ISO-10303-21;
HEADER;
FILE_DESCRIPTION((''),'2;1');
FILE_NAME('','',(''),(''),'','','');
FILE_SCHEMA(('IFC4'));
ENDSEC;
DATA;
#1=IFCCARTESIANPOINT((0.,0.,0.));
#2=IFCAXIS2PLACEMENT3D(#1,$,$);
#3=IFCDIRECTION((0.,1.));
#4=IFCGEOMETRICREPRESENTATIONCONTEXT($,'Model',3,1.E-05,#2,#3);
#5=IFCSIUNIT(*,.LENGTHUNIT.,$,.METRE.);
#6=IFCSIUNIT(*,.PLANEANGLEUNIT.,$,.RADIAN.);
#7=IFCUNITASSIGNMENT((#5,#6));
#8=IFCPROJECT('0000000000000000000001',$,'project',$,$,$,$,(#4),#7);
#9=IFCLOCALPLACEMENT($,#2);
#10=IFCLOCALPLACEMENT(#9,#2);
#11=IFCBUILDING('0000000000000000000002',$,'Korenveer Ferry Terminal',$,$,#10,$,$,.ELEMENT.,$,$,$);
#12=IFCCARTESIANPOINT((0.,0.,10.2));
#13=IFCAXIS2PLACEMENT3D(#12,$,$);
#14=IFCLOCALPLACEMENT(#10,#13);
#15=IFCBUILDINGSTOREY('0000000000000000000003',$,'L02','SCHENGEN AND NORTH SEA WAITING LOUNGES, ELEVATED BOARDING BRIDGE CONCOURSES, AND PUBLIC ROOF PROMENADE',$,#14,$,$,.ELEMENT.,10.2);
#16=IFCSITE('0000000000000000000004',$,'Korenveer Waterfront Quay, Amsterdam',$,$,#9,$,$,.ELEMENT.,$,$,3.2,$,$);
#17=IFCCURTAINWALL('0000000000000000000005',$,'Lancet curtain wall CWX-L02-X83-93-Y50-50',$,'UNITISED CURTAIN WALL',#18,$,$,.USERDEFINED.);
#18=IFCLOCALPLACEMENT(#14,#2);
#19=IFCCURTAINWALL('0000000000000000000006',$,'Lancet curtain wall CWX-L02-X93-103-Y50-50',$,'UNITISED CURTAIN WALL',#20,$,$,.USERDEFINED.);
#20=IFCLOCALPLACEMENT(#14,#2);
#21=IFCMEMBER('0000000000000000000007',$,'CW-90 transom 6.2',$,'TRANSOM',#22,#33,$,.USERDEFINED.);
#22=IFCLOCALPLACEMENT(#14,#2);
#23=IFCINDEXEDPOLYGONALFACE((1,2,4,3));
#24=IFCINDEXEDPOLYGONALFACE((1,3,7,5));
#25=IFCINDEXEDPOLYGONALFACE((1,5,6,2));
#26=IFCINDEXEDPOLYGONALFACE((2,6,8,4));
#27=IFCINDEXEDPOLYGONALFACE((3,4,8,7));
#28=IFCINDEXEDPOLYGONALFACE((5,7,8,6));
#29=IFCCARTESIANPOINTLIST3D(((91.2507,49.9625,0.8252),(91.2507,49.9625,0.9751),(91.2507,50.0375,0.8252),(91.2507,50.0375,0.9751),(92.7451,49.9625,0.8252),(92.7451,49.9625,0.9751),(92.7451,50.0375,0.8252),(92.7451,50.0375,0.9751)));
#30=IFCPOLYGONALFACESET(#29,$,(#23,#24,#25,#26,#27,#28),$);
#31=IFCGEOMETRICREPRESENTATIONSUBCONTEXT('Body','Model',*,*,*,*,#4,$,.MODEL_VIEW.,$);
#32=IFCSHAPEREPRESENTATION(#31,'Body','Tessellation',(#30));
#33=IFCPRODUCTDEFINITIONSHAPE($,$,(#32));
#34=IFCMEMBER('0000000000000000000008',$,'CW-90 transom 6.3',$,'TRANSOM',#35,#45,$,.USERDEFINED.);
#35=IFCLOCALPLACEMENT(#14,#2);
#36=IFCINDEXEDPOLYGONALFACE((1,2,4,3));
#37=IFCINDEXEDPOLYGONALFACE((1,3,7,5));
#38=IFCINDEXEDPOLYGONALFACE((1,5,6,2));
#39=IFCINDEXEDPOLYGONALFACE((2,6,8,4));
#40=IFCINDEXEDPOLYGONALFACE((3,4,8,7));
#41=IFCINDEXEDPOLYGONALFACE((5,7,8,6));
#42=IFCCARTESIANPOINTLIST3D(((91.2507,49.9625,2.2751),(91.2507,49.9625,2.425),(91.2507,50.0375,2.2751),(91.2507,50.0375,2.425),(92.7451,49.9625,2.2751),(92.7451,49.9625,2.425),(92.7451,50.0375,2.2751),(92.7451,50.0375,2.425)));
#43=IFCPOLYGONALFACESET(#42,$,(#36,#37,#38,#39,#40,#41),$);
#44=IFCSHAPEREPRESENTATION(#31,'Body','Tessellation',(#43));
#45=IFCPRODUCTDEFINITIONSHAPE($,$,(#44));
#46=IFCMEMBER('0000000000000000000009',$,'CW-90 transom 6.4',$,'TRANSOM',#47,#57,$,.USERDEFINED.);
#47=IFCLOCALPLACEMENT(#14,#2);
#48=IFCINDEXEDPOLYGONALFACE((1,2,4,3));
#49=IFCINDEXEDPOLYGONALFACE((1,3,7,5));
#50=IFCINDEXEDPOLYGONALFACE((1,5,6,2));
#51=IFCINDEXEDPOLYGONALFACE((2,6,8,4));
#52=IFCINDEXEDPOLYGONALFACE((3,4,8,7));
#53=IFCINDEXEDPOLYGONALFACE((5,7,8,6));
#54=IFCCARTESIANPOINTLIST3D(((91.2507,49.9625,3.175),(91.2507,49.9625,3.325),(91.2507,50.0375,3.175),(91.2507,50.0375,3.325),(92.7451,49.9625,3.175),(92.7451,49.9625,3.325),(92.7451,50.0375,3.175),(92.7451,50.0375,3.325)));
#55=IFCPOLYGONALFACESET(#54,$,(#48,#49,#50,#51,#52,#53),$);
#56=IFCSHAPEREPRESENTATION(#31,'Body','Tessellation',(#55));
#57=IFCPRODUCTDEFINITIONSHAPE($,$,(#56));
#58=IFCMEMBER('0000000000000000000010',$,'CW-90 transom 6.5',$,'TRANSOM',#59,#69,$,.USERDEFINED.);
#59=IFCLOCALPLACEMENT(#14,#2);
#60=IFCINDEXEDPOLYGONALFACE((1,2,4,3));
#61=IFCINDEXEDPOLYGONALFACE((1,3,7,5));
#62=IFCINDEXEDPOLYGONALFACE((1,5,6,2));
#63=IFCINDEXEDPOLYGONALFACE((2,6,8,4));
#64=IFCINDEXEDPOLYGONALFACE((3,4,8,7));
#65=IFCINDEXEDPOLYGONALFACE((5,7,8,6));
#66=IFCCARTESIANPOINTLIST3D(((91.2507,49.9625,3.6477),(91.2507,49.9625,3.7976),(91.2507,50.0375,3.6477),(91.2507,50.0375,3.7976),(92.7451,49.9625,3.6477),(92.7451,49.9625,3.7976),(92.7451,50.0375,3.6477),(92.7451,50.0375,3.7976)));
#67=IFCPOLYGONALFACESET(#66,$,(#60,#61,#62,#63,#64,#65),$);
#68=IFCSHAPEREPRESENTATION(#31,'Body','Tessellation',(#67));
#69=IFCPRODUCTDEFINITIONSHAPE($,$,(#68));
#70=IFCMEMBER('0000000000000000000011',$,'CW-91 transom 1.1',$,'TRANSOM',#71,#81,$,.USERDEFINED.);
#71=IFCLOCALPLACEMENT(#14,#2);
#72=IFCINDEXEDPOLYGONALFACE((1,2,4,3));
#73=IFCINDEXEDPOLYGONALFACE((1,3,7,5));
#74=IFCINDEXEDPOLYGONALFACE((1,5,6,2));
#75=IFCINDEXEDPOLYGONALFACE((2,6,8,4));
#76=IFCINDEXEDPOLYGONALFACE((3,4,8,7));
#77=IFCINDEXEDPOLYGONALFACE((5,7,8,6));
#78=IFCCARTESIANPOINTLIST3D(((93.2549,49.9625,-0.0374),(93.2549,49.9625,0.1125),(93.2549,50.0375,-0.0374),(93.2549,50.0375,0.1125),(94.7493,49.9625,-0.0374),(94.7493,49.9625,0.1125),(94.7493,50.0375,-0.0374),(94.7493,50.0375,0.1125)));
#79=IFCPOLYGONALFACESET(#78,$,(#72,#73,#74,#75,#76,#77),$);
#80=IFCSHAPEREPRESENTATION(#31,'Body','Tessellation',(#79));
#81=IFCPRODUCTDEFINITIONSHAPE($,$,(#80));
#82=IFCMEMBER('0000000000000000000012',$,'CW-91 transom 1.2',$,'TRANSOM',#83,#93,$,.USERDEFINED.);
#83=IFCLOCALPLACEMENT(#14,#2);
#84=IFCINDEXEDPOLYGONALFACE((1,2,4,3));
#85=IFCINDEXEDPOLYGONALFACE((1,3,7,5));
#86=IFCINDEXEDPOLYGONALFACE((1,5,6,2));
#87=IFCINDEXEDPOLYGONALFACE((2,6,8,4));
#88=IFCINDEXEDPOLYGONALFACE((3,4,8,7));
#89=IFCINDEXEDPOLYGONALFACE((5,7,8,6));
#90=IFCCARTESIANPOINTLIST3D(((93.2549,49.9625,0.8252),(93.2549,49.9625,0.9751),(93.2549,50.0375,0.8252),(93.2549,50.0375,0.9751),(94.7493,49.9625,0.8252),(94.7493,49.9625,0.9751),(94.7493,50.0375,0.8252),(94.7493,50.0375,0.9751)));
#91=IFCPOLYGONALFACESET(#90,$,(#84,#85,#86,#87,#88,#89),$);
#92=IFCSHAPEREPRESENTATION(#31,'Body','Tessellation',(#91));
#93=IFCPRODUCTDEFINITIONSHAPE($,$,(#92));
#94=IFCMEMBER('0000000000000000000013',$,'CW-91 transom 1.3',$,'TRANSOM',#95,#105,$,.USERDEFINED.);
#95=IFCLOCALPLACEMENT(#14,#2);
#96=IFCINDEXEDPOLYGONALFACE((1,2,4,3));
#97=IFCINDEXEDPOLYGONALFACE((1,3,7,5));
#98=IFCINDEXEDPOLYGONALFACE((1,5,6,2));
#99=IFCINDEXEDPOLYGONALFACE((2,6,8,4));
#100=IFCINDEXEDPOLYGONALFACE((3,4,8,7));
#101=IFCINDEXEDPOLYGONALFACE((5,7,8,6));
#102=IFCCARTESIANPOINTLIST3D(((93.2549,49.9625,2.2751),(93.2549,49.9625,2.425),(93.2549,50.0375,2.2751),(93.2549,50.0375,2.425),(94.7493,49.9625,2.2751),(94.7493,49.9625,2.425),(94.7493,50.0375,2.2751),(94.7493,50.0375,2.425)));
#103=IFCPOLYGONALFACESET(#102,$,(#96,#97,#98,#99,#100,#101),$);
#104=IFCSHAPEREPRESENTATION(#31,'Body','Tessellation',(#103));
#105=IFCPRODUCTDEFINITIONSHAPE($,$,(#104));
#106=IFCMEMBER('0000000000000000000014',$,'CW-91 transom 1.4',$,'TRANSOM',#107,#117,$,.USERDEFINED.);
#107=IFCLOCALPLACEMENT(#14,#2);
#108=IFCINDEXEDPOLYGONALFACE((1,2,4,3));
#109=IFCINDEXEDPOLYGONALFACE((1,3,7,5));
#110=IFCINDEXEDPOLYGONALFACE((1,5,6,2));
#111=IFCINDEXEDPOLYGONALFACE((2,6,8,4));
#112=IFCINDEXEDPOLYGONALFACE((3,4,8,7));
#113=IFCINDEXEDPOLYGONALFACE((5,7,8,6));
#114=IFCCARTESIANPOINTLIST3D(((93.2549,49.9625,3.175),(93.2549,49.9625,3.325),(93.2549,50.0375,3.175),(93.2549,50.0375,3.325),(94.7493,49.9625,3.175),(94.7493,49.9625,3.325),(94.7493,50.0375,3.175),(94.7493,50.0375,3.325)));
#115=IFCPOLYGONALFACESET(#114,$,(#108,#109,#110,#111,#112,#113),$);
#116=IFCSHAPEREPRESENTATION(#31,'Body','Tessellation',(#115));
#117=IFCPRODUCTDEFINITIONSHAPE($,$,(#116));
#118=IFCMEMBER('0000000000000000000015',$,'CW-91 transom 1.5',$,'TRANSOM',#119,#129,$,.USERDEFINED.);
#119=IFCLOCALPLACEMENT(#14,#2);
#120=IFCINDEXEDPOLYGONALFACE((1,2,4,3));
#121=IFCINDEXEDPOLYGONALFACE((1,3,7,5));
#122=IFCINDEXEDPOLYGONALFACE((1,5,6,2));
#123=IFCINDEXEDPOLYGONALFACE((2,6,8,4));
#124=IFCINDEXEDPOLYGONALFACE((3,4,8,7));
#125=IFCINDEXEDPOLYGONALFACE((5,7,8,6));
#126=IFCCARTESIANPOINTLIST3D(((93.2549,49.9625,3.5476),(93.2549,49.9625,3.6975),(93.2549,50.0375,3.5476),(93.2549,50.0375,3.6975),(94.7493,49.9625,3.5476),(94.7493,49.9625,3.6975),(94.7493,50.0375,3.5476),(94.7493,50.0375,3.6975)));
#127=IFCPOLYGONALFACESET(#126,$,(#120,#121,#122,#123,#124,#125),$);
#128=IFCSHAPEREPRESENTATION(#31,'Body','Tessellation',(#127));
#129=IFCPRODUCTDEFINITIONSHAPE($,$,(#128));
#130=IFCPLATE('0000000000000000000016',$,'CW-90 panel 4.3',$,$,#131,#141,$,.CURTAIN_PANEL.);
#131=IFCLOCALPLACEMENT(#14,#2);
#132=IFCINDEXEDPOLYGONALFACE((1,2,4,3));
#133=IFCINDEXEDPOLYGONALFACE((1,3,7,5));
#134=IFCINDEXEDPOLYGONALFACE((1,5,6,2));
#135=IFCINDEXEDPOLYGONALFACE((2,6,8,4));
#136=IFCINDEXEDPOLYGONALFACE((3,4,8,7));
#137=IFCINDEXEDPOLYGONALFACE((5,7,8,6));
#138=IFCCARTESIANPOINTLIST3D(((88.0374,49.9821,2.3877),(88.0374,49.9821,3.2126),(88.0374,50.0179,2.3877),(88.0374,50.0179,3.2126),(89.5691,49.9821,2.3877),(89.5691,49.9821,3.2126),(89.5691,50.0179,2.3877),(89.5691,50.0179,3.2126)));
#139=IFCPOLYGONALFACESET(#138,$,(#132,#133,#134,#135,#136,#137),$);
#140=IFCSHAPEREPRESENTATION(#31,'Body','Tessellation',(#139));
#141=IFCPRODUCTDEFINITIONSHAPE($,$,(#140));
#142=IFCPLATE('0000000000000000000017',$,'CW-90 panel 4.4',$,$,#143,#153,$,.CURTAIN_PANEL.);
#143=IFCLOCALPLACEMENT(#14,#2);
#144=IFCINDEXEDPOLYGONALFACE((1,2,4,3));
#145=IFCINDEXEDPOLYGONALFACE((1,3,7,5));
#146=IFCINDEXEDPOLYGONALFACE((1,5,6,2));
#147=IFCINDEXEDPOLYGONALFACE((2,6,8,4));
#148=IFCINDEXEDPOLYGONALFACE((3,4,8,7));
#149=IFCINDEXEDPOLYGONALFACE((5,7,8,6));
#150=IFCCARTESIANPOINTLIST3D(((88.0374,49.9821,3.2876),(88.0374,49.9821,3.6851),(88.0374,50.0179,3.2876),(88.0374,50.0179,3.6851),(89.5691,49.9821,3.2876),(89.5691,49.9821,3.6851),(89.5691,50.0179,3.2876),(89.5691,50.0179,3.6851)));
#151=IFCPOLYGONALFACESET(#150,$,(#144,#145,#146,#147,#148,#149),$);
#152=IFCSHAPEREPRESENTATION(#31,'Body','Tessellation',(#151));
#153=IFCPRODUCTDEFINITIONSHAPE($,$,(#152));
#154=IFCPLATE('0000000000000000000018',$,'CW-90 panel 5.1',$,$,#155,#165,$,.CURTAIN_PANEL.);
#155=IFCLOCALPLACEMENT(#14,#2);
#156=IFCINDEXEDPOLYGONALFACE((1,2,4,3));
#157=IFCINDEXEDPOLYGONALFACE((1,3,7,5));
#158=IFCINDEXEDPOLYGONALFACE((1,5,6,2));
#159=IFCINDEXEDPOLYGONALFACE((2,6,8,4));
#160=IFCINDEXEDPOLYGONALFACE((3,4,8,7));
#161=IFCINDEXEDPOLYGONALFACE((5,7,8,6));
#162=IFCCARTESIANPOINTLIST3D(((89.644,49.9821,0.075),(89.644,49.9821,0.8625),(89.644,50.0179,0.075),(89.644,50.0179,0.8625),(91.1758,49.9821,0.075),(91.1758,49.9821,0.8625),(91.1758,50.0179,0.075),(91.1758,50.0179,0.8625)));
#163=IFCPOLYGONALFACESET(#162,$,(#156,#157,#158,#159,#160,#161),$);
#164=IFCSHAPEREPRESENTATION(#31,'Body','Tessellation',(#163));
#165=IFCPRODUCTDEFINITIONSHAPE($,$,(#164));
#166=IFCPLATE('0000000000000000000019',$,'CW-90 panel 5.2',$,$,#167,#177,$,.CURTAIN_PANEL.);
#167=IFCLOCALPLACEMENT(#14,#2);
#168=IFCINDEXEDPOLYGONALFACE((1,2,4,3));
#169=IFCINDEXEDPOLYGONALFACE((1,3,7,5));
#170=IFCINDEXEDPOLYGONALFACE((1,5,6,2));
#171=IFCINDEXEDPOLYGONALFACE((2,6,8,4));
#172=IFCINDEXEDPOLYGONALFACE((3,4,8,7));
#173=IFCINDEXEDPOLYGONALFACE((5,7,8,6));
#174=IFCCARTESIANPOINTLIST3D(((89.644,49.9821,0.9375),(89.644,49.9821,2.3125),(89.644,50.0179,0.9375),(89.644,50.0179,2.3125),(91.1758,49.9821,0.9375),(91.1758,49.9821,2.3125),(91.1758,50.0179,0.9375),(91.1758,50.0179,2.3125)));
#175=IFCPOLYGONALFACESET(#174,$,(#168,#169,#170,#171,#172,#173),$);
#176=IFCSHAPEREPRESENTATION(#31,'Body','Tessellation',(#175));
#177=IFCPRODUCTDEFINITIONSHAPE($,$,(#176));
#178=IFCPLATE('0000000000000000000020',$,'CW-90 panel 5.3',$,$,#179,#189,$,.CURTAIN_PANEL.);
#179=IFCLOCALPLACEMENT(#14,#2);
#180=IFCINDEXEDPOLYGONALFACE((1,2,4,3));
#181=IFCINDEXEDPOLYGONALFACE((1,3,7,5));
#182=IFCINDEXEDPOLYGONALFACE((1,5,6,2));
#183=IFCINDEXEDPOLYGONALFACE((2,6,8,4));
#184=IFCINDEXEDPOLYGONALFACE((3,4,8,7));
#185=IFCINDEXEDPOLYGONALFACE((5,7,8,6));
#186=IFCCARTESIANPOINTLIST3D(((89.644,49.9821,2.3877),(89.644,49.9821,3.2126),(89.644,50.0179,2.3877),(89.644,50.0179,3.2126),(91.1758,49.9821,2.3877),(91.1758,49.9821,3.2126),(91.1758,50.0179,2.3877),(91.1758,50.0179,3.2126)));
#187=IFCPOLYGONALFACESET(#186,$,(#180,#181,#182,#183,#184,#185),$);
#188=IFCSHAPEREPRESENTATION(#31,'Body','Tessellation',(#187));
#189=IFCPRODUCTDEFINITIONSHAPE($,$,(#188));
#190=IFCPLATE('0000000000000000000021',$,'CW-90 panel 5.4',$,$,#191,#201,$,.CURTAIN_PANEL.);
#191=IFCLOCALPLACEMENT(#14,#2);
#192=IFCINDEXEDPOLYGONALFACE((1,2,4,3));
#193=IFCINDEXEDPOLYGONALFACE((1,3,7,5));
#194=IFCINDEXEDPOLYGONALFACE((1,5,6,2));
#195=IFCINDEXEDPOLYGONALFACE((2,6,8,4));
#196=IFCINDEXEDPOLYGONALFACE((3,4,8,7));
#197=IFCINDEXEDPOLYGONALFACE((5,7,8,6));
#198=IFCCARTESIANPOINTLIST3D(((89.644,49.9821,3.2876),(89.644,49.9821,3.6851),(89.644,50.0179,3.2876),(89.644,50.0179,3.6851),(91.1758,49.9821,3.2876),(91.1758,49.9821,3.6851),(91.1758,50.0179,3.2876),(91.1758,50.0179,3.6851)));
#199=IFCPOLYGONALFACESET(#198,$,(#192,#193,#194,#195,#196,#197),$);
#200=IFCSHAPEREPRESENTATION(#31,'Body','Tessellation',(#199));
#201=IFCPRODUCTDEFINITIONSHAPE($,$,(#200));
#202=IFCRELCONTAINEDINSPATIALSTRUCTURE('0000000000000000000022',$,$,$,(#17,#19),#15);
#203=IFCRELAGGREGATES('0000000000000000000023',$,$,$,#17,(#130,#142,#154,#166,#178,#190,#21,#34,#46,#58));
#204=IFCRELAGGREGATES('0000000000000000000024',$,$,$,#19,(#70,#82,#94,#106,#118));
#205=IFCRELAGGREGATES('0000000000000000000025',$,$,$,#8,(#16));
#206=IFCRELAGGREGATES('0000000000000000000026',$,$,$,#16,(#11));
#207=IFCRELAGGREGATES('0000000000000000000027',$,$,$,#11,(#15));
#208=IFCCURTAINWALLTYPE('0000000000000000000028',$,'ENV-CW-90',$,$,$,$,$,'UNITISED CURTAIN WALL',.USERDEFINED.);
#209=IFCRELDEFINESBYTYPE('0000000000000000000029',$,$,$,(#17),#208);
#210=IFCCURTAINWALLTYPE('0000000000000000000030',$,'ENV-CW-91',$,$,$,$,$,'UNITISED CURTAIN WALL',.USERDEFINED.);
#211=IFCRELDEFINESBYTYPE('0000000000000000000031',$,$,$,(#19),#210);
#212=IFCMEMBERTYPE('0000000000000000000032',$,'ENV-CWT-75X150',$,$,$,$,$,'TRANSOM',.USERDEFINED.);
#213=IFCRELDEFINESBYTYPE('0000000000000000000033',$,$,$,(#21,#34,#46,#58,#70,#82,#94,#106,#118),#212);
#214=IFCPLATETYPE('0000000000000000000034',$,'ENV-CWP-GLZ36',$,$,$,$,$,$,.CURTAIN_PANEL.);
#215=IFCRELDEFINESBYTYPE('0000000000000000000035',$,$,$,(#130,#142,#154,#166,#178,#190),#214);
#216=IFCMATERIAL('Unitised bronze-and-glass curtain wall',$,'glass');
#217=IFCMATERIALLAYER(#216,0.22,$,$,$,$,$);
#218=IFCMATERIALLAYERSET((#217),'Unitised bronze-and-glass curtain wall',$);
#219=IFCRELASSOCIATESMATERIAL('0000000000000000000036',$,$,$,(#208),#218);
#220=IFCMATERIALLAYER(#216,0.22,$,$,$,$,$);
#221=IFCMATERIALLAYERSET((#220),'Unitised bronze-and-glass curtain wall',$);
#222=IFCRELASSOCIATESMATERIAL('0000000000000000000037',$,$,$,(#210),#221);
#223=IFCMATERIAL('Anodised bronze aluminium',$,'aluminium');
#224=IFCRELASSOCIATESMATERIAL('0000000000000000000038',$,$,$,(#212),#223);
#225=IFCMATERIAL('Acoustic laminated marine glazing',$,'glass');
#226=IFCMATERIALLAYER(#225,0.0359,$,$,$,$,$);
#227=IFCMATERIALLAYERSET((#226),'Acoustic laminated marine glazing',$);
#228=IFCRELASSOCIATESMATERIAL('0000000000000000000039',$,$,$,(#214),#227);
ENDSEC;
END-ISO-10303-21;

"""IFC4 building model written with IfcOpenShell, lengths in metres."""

from ifc_helpers import new_model, si_unit, direction, frame, origin, origin_2d, place, context, subcontext, project, spatial, rectangle, extrude, material, layer, layer_set, material_profile, profile_set, type_object, element, aggregate, save


model = new_model("IFC4")

# Units and contexts
model_context = context("Model", 3, precision=1e-05, world=origin(), true_north=direction((0.0, 1.0)))
body_context = subcontext(model_context, "Body", "Model", "MODEL_VIEW")
ifc_project = project(units=[si_unit("LENGTHUNIT", "METRE"), si_unit("PLANEANGLEUNIT", "RADIAN")], contexts=[model_context])

# Site, building, storey
site_placement = place(None, origin())
site = spatial("IfcSite", under=ifc_project, at=site_placement, Name="Korenveer Waterfront Quay, Amsterdam", CompositionType="ELEMENT", RefElevation=3.2)
building_placement = place(site_placement, origin())
building = spatial("IfcBuilding", under=site, at=building_placement, Name="Korenveer Ferry Terminal", CompositionType="ELEMENT")
storey_placement = place(building_placement, frame((0.0, 0.0, 10.2)))
storey = spatial("IfcBuildingStorey", under=building, at=storey_placement, Name="L02", Description="SCHENGEN AND NORTH SEA WAITING LOUNGES, ELEVATED BOARDING BRIDGE CONCOURSES, AND PUBLIC ROOF PROMENADE", CompositionType="ELEMENT", Elevation=10.2)

# Curtain walls
ifc_material_1 = material(Name="Unitised bronze-and-glass curtain wall", Category="glass")
ifc_layer_1 = layer(ifc_material_1, 0.22)
ifc_layer_set_1 = layer_set([ifc_layer_1], Name="Unitised bronze-and-glass curtain wall")
curtain_wall_type_1 = type_object("IfcCurtainWallType", Name="ENV-CW-90", ElementType="UNITISED CURTAIN WALL", PredefinedType="USERDEFINED", material=ifc_layer_set_1)
curtain_wall_1_placement = place(storey_placement, frame((83.1799, 50.0, 0.0)))
curtain_wall_1 = element("IfcCurtainWall", 1, at=curtain_wall_1_placement, inside=storey, type_object=curtain_wall_type_1, Name="Lancet curtain wall CWX-L02-X83-93-Y50-50", ObjectType="UNITISED CURTAIN WALL", PredefinedType="USERDEFINED")
ifc_material_2 = material(Name="Anodised bronze aluminium", Category="aluminium")
ifc_layer_2 = layer(ifc_material_1, 0.22)
ifc_layer_set_2 = layer_set([ifc_layer_2], Name="Unitised bronze-and-glass curtain wall")
curtain_wall_type_2 = type_object("IfcCurtainWallType", Name="ENV-CW-91", ElementType="UNITISED CURTAIN WALL", PredefinedType="USERDEFINED", material=ifc_layer_set_2)
curtain_wall_2_placement = place(storey_placement, frame((93.1799, 50.0, 0.0)))
curtain_wall_2 = element("IfcCurtainWall", 2, at=curtain_wall_2_placement, inside=storey, type_object=curtain_wall_type_2, Name="Lancet curtain wall CWX-L02-X93-103-Y50-50", ObjectType="UNITISED CURTAIN WALL", PredefinedType="USERDEFINED")

# Members
ifc_material_profile_1 = material_profile(ifc_material_2, rectangle(XDim=0.075, YDim=0.1499, at=origin_2d()), Name="ALU 75x150")
ifc_profile_set_1 = profile_set([ifc_material_profile_1], Name="Anodised bronze aluminium")
member_type_1 = type_object("IfcMemberType", Name="ENV-CWT-75X150", ElementType="TRANSOM", PredefinedType="USERDEFINED", material=ifc_profile_set_1)
member_1_placement = place(storey_placement, frame((91.2507, 50.0, 0.9001), z_axis=(1.0, 0.0, 0.0), x_axis=(0.0, 1.0, 0.0)))
member_1 = element("IfcMember", 3, at=member_1_placement, type_object=member_type_1, Name="CW-90 transom 6.2", ObjectType="TRANSOM", PredefinedType="USERDEFINED", context=body_context, shape_type="SweptSolid", body=[
    extrude(rectangle(XDim=0.075, YDim=0.1499, at=origin_2d()), origin(), (0.0, 0.0, 1.0), 1.4944),
])
member_2_placement = place(storey_placement, frame((91.2507, 50.0, 2.3501), z_axis=(1.0, 0.0, 0.0), x_axis=(0.0, 1.0, 0.0)))
member_2 = element("IfcMember", 4, at=member_2_placement, type_object=member_type_1, Name="CW-90 transom 6.3", ObjectType="TRANSOM", PredefinedType="USERDEFINED", context=body_context, shape_type="SweptSolid", body=[
    extrude(rectangle(XDim=0.075, YDim=0.1499, at=origin_2d()), origin(), (0.0, 0.0, 1.0), 1.4944),
])
member_3_placement = place(storey_placement, frame((91.2507, 50.0, 3.25), z_axis=(1.0, 0.0, 0.0), x_axis=(0.0, 1.0, 0.0)))
member_3 = element("IfcMember", 5, at=member_3_placement, type_object=member_type_1, Name="CW-90 transom 6.4", ObjectType="TRANSOM", PredefinedType="USERDEFINED", context=body_context, shape_type="SweptSolid", body=[
    extrude(rectangle(XDim=0.075, YDim=0.1499, at=origin_2d()), origin(), (0.0, 0.0, 1.0), 1.4944),
])
member_4_placement = place(storey_placement, frame((91.2507, 50.0, 3.7227), z_axis=(1.0, 0.0, 0.0), x_axis=(0.0, 1.0, 0.0)))
member_4 = element("IfcMember", 6, at=member_4_placement, type_object=member_type_1, Name="CW-90 transom 6.5", ObjectType="TRANSOM", PredefinedType="USERDEFINED", context=body_context, shape_type="SweptSolid", body=[
    extrude(rectangle(XDim=0.075, YDim=0.1499, at=origin_2d()), origin(), (0.0, 0.0, 1.0), 1.4944),
])
member_5_placement = place(storey_placement, frame((93.2549, 50.0, 0.0376), z_axis=(1.0, 0.0, 0.0), x_axis=(0.0, 1.0, 0.0)))
member_5 = element("IfcMember", 7, at=member_5_placement, type_object=member_type_1, Name="CW-91 transom 1.1", ObjectType="TRANSOM", PredefinedType="USERDEFINED", context=body_context, shape_type="SweptSolid", body=[
    extrude(rectangle(XDim=0.075, YDim=0.1499, at=origin_2d()), origin(), (0.0, 0.0, 1.0), 1.4944),
])
member_6_placement = place(storey_placement, frame((93.2549, 50.0, 0.9001), z_axis=(1.0, 0.0, 0.0), x_axis=(0.0, 1.0, 0.0)))
member_6 = element("IfcMember", 8, at=member_6_placement, type_object=member_type_1, Name="CW-91 transom 1.2", ObjectType="TRANSOM", PredefinedType="USERDEFINED", context=body_context, shape_type="SweptSolid", body=[
    extrude(rectangle(XDim=0.075, YDim=0.1499, at=origin_2d()), origin(), (0.0, 0.0, 1.0), 1.4944),
])
member_7_placement = place(storey_placement, frame((93.2549, 50.0, 2.3501), z_axis=(1.0, 0.0, 0.0), x_axis=(0.0, 1.0, 0.0)))
member_7 = element("IfcMember", 9, at=member_7_placement, type_object=member_type_1, Name="CW-91 transom 1.3", ObjectType="TRANSOM", PredefinedType="USERDEFINED", context=body_context, shape_type="SweptSolid", body=[
    extrude(rectangle(XDim=0.075, YDim=0.1499, at=origin_2d()), origin(), (0.0, 0.0, 1.0), 1.4944),
])
member_8_placement = place(storey_placement, frame((93.2549, 50.0, 3.25), z_axis=(1.0, 0.0, 0.0), x_axis=(0.0, 1.0, 0.0)))
member_8 = element("IfcMember", 10, at=member_8_placement, type_object=member_type_1, Name="CW-91 transom 1.4", ObjectType="TRANSOM", PredefinedType="USERDEFINED", context=body_context, shape_type="SweptSolid", body=[
    extrude(rectangle(XDim=0.075, YDim=0.1499, at=origin_2d()), origin(), (0.0, 0.0, 1.0), 1.4944),
])
member_9_placement = place(storey_placement, frame((93.2549, 50.0, 3.6226), z_axis=(1.0, 0.0, 0.0), x_axis=(0.0, 1.0, 0.0)))
member_9 = element("IfcMember", 11, at=member_9_placement, type_object=member_type_1, Name="CW-91 transom 1.5", ObjectType="TRANSOM", PredefinedType="USERDEFINED", context=body_context, shape_type="SweptSolid", body=[
    extrude(rectangle(XDim=0.075, YDim=0.1499, at=origin_2d()), origin(), (0.0, 0.0, 1.0), 1.4944),
])

# Plates
ifc_material_3 = material(Name="Acoustic laminated marine glazing", Category="glass")
ifc_layer_3 = layer(ifc_material_3, 0.0359)
ifc_layer_set_3 = layer_set([ifc_layer_3], Name="Acoustic laminated marine glazing")
plate_type = type_object("IfcPlateType", Name="ENV-CWP-GLZ36", PredefinedType="CURTAIN_PANEL", material=ifc_layer_set_3)
plate_1_placement = place(storey_placement, frame((88.8032, 50.0, 2.3877), z_axis=(0.0, 0.0, 1.0), x_axis=(1.0, 0.0, 0.0)))
plate_1 = element("IfcPlate", 12, at=plate_1_placement, type_object=plate_type, Name="CW-90 panel 4.3", PredefinedType="CURTAIN_PANEL", context=body_context, shape_type="SweptSolid", body=[
    extrude(rectangle(XDim=1.5317, YDim=0.0359, at=origin_2d()), origin(), (0.0, 0.0, 1.0), 0.825),
])
plate_2_placement = place(storey_placement, frame((88.8032, 50.0, 3.2876), z_axis=(0.0, 0.0, 1.0), x_axis=(1.0, 0.0, 0.0)))
plate_2 = element("IfcPlate", 13, at=plate_2_placement, type_object=plate_type, Name="CW-90 panel 4.4", PredefinedType="CURTAIN_PANEL", context=body_context, shape_type="SweptSolid", body=[
    extrude(rectangle(XDim=1.5317, YDim=0.0359, at=origin_2d()), origin(), (0.0, 0.0, 1.0), 0.3975),
])
plate_3_placement = place(storey_placement, frame((90.4099, 50.0, 0.075), z_axis=(0.0, 0.0, 1.0), x_axis=(1.0, 0.0, 0.0)))
plate_3 = element("IfcPlate", 14, at=plate_3_placement, type_object=plate_type, Name="CW-90 panel 5.1", PredefinedType="CURTAIN_PANEL", context=body_context, shape_type="SweptSolid", body=[
    extrude(rectangle(XDim=1.5317, YDim=0.0359, at=origin_2d()), origin(), (0.0, 0.0, 1.0), 0.7876),
])
plate_4_placement = place(storey_placement, frame((90.4099, 50.0, 0.9375), z_axis=(0.0, 0.0, 1.0), x_axis=(1.0, 0.0, 0.0)))
plate_4 = element("IfcPlate", 15, at=plate_4_placement, type_object=plate_type, Name="CW-90 panel 5.2", PredefinedType="CURTAIN_PANEL", context=body_context, shape_type="SweptSolid", body=[
    extrude(rectangle(XDim=1.5317, YDim=0.0359, at=origin_2d()), origin(), (0.0, 0.0, 1.0), 1.375),
])
plate_5_placement = place(storey_placement, frame((90.4099, 50.0, 2.3877), z_axis=(0.0, 0.0, 1.0), x_axis=(1.0, 0.0, 0.0)))
plate_5 = element("IfcPlate", 16, at=plate_5_placement, type_object=plate_type, Name="CW-90 panel 5.3", PredefinedType="CURTAIN_PANEL", context=body_context, shape_type="SweptSolid", body=[
    extrude(rectangle(XDim=1.5317, YDim=0.0359, at=origin_2d()), origin(), (0.0, 0.0, 1.0), 0.825),
])
plate_6_placement = place(storey_placement, frame((90.4099, 50.0, 3.2876), z_axis=(0.0, 0.0, 1.0), x_axis=(1.0, 0.0, 0.0)))
plate_6 = element("IfcPlate", 17, at=plate_6_placement, type_object=plate_type, Name="CW-90 panel 5.4", PredefinedType="CURTAIN_PANEL", context=body_context, shape_type="SweptSolid", body=[
    extrude(rectangle(XDim=1.5317, YDim=0.0359, at=origin_2d()), origin(), (0.0, 0.0, 1.0), 0.3975),
])
aggregate(curtain_wall_1, [plate_1, plate_2, plate_3, plate_4, plate_5, plate_6, member_1, member_2, member_3, member_4])
aggregate(curtain_wall_2, [member_5, member_6, member_7, member_8, member_9])

save(model, "model.ifc")
